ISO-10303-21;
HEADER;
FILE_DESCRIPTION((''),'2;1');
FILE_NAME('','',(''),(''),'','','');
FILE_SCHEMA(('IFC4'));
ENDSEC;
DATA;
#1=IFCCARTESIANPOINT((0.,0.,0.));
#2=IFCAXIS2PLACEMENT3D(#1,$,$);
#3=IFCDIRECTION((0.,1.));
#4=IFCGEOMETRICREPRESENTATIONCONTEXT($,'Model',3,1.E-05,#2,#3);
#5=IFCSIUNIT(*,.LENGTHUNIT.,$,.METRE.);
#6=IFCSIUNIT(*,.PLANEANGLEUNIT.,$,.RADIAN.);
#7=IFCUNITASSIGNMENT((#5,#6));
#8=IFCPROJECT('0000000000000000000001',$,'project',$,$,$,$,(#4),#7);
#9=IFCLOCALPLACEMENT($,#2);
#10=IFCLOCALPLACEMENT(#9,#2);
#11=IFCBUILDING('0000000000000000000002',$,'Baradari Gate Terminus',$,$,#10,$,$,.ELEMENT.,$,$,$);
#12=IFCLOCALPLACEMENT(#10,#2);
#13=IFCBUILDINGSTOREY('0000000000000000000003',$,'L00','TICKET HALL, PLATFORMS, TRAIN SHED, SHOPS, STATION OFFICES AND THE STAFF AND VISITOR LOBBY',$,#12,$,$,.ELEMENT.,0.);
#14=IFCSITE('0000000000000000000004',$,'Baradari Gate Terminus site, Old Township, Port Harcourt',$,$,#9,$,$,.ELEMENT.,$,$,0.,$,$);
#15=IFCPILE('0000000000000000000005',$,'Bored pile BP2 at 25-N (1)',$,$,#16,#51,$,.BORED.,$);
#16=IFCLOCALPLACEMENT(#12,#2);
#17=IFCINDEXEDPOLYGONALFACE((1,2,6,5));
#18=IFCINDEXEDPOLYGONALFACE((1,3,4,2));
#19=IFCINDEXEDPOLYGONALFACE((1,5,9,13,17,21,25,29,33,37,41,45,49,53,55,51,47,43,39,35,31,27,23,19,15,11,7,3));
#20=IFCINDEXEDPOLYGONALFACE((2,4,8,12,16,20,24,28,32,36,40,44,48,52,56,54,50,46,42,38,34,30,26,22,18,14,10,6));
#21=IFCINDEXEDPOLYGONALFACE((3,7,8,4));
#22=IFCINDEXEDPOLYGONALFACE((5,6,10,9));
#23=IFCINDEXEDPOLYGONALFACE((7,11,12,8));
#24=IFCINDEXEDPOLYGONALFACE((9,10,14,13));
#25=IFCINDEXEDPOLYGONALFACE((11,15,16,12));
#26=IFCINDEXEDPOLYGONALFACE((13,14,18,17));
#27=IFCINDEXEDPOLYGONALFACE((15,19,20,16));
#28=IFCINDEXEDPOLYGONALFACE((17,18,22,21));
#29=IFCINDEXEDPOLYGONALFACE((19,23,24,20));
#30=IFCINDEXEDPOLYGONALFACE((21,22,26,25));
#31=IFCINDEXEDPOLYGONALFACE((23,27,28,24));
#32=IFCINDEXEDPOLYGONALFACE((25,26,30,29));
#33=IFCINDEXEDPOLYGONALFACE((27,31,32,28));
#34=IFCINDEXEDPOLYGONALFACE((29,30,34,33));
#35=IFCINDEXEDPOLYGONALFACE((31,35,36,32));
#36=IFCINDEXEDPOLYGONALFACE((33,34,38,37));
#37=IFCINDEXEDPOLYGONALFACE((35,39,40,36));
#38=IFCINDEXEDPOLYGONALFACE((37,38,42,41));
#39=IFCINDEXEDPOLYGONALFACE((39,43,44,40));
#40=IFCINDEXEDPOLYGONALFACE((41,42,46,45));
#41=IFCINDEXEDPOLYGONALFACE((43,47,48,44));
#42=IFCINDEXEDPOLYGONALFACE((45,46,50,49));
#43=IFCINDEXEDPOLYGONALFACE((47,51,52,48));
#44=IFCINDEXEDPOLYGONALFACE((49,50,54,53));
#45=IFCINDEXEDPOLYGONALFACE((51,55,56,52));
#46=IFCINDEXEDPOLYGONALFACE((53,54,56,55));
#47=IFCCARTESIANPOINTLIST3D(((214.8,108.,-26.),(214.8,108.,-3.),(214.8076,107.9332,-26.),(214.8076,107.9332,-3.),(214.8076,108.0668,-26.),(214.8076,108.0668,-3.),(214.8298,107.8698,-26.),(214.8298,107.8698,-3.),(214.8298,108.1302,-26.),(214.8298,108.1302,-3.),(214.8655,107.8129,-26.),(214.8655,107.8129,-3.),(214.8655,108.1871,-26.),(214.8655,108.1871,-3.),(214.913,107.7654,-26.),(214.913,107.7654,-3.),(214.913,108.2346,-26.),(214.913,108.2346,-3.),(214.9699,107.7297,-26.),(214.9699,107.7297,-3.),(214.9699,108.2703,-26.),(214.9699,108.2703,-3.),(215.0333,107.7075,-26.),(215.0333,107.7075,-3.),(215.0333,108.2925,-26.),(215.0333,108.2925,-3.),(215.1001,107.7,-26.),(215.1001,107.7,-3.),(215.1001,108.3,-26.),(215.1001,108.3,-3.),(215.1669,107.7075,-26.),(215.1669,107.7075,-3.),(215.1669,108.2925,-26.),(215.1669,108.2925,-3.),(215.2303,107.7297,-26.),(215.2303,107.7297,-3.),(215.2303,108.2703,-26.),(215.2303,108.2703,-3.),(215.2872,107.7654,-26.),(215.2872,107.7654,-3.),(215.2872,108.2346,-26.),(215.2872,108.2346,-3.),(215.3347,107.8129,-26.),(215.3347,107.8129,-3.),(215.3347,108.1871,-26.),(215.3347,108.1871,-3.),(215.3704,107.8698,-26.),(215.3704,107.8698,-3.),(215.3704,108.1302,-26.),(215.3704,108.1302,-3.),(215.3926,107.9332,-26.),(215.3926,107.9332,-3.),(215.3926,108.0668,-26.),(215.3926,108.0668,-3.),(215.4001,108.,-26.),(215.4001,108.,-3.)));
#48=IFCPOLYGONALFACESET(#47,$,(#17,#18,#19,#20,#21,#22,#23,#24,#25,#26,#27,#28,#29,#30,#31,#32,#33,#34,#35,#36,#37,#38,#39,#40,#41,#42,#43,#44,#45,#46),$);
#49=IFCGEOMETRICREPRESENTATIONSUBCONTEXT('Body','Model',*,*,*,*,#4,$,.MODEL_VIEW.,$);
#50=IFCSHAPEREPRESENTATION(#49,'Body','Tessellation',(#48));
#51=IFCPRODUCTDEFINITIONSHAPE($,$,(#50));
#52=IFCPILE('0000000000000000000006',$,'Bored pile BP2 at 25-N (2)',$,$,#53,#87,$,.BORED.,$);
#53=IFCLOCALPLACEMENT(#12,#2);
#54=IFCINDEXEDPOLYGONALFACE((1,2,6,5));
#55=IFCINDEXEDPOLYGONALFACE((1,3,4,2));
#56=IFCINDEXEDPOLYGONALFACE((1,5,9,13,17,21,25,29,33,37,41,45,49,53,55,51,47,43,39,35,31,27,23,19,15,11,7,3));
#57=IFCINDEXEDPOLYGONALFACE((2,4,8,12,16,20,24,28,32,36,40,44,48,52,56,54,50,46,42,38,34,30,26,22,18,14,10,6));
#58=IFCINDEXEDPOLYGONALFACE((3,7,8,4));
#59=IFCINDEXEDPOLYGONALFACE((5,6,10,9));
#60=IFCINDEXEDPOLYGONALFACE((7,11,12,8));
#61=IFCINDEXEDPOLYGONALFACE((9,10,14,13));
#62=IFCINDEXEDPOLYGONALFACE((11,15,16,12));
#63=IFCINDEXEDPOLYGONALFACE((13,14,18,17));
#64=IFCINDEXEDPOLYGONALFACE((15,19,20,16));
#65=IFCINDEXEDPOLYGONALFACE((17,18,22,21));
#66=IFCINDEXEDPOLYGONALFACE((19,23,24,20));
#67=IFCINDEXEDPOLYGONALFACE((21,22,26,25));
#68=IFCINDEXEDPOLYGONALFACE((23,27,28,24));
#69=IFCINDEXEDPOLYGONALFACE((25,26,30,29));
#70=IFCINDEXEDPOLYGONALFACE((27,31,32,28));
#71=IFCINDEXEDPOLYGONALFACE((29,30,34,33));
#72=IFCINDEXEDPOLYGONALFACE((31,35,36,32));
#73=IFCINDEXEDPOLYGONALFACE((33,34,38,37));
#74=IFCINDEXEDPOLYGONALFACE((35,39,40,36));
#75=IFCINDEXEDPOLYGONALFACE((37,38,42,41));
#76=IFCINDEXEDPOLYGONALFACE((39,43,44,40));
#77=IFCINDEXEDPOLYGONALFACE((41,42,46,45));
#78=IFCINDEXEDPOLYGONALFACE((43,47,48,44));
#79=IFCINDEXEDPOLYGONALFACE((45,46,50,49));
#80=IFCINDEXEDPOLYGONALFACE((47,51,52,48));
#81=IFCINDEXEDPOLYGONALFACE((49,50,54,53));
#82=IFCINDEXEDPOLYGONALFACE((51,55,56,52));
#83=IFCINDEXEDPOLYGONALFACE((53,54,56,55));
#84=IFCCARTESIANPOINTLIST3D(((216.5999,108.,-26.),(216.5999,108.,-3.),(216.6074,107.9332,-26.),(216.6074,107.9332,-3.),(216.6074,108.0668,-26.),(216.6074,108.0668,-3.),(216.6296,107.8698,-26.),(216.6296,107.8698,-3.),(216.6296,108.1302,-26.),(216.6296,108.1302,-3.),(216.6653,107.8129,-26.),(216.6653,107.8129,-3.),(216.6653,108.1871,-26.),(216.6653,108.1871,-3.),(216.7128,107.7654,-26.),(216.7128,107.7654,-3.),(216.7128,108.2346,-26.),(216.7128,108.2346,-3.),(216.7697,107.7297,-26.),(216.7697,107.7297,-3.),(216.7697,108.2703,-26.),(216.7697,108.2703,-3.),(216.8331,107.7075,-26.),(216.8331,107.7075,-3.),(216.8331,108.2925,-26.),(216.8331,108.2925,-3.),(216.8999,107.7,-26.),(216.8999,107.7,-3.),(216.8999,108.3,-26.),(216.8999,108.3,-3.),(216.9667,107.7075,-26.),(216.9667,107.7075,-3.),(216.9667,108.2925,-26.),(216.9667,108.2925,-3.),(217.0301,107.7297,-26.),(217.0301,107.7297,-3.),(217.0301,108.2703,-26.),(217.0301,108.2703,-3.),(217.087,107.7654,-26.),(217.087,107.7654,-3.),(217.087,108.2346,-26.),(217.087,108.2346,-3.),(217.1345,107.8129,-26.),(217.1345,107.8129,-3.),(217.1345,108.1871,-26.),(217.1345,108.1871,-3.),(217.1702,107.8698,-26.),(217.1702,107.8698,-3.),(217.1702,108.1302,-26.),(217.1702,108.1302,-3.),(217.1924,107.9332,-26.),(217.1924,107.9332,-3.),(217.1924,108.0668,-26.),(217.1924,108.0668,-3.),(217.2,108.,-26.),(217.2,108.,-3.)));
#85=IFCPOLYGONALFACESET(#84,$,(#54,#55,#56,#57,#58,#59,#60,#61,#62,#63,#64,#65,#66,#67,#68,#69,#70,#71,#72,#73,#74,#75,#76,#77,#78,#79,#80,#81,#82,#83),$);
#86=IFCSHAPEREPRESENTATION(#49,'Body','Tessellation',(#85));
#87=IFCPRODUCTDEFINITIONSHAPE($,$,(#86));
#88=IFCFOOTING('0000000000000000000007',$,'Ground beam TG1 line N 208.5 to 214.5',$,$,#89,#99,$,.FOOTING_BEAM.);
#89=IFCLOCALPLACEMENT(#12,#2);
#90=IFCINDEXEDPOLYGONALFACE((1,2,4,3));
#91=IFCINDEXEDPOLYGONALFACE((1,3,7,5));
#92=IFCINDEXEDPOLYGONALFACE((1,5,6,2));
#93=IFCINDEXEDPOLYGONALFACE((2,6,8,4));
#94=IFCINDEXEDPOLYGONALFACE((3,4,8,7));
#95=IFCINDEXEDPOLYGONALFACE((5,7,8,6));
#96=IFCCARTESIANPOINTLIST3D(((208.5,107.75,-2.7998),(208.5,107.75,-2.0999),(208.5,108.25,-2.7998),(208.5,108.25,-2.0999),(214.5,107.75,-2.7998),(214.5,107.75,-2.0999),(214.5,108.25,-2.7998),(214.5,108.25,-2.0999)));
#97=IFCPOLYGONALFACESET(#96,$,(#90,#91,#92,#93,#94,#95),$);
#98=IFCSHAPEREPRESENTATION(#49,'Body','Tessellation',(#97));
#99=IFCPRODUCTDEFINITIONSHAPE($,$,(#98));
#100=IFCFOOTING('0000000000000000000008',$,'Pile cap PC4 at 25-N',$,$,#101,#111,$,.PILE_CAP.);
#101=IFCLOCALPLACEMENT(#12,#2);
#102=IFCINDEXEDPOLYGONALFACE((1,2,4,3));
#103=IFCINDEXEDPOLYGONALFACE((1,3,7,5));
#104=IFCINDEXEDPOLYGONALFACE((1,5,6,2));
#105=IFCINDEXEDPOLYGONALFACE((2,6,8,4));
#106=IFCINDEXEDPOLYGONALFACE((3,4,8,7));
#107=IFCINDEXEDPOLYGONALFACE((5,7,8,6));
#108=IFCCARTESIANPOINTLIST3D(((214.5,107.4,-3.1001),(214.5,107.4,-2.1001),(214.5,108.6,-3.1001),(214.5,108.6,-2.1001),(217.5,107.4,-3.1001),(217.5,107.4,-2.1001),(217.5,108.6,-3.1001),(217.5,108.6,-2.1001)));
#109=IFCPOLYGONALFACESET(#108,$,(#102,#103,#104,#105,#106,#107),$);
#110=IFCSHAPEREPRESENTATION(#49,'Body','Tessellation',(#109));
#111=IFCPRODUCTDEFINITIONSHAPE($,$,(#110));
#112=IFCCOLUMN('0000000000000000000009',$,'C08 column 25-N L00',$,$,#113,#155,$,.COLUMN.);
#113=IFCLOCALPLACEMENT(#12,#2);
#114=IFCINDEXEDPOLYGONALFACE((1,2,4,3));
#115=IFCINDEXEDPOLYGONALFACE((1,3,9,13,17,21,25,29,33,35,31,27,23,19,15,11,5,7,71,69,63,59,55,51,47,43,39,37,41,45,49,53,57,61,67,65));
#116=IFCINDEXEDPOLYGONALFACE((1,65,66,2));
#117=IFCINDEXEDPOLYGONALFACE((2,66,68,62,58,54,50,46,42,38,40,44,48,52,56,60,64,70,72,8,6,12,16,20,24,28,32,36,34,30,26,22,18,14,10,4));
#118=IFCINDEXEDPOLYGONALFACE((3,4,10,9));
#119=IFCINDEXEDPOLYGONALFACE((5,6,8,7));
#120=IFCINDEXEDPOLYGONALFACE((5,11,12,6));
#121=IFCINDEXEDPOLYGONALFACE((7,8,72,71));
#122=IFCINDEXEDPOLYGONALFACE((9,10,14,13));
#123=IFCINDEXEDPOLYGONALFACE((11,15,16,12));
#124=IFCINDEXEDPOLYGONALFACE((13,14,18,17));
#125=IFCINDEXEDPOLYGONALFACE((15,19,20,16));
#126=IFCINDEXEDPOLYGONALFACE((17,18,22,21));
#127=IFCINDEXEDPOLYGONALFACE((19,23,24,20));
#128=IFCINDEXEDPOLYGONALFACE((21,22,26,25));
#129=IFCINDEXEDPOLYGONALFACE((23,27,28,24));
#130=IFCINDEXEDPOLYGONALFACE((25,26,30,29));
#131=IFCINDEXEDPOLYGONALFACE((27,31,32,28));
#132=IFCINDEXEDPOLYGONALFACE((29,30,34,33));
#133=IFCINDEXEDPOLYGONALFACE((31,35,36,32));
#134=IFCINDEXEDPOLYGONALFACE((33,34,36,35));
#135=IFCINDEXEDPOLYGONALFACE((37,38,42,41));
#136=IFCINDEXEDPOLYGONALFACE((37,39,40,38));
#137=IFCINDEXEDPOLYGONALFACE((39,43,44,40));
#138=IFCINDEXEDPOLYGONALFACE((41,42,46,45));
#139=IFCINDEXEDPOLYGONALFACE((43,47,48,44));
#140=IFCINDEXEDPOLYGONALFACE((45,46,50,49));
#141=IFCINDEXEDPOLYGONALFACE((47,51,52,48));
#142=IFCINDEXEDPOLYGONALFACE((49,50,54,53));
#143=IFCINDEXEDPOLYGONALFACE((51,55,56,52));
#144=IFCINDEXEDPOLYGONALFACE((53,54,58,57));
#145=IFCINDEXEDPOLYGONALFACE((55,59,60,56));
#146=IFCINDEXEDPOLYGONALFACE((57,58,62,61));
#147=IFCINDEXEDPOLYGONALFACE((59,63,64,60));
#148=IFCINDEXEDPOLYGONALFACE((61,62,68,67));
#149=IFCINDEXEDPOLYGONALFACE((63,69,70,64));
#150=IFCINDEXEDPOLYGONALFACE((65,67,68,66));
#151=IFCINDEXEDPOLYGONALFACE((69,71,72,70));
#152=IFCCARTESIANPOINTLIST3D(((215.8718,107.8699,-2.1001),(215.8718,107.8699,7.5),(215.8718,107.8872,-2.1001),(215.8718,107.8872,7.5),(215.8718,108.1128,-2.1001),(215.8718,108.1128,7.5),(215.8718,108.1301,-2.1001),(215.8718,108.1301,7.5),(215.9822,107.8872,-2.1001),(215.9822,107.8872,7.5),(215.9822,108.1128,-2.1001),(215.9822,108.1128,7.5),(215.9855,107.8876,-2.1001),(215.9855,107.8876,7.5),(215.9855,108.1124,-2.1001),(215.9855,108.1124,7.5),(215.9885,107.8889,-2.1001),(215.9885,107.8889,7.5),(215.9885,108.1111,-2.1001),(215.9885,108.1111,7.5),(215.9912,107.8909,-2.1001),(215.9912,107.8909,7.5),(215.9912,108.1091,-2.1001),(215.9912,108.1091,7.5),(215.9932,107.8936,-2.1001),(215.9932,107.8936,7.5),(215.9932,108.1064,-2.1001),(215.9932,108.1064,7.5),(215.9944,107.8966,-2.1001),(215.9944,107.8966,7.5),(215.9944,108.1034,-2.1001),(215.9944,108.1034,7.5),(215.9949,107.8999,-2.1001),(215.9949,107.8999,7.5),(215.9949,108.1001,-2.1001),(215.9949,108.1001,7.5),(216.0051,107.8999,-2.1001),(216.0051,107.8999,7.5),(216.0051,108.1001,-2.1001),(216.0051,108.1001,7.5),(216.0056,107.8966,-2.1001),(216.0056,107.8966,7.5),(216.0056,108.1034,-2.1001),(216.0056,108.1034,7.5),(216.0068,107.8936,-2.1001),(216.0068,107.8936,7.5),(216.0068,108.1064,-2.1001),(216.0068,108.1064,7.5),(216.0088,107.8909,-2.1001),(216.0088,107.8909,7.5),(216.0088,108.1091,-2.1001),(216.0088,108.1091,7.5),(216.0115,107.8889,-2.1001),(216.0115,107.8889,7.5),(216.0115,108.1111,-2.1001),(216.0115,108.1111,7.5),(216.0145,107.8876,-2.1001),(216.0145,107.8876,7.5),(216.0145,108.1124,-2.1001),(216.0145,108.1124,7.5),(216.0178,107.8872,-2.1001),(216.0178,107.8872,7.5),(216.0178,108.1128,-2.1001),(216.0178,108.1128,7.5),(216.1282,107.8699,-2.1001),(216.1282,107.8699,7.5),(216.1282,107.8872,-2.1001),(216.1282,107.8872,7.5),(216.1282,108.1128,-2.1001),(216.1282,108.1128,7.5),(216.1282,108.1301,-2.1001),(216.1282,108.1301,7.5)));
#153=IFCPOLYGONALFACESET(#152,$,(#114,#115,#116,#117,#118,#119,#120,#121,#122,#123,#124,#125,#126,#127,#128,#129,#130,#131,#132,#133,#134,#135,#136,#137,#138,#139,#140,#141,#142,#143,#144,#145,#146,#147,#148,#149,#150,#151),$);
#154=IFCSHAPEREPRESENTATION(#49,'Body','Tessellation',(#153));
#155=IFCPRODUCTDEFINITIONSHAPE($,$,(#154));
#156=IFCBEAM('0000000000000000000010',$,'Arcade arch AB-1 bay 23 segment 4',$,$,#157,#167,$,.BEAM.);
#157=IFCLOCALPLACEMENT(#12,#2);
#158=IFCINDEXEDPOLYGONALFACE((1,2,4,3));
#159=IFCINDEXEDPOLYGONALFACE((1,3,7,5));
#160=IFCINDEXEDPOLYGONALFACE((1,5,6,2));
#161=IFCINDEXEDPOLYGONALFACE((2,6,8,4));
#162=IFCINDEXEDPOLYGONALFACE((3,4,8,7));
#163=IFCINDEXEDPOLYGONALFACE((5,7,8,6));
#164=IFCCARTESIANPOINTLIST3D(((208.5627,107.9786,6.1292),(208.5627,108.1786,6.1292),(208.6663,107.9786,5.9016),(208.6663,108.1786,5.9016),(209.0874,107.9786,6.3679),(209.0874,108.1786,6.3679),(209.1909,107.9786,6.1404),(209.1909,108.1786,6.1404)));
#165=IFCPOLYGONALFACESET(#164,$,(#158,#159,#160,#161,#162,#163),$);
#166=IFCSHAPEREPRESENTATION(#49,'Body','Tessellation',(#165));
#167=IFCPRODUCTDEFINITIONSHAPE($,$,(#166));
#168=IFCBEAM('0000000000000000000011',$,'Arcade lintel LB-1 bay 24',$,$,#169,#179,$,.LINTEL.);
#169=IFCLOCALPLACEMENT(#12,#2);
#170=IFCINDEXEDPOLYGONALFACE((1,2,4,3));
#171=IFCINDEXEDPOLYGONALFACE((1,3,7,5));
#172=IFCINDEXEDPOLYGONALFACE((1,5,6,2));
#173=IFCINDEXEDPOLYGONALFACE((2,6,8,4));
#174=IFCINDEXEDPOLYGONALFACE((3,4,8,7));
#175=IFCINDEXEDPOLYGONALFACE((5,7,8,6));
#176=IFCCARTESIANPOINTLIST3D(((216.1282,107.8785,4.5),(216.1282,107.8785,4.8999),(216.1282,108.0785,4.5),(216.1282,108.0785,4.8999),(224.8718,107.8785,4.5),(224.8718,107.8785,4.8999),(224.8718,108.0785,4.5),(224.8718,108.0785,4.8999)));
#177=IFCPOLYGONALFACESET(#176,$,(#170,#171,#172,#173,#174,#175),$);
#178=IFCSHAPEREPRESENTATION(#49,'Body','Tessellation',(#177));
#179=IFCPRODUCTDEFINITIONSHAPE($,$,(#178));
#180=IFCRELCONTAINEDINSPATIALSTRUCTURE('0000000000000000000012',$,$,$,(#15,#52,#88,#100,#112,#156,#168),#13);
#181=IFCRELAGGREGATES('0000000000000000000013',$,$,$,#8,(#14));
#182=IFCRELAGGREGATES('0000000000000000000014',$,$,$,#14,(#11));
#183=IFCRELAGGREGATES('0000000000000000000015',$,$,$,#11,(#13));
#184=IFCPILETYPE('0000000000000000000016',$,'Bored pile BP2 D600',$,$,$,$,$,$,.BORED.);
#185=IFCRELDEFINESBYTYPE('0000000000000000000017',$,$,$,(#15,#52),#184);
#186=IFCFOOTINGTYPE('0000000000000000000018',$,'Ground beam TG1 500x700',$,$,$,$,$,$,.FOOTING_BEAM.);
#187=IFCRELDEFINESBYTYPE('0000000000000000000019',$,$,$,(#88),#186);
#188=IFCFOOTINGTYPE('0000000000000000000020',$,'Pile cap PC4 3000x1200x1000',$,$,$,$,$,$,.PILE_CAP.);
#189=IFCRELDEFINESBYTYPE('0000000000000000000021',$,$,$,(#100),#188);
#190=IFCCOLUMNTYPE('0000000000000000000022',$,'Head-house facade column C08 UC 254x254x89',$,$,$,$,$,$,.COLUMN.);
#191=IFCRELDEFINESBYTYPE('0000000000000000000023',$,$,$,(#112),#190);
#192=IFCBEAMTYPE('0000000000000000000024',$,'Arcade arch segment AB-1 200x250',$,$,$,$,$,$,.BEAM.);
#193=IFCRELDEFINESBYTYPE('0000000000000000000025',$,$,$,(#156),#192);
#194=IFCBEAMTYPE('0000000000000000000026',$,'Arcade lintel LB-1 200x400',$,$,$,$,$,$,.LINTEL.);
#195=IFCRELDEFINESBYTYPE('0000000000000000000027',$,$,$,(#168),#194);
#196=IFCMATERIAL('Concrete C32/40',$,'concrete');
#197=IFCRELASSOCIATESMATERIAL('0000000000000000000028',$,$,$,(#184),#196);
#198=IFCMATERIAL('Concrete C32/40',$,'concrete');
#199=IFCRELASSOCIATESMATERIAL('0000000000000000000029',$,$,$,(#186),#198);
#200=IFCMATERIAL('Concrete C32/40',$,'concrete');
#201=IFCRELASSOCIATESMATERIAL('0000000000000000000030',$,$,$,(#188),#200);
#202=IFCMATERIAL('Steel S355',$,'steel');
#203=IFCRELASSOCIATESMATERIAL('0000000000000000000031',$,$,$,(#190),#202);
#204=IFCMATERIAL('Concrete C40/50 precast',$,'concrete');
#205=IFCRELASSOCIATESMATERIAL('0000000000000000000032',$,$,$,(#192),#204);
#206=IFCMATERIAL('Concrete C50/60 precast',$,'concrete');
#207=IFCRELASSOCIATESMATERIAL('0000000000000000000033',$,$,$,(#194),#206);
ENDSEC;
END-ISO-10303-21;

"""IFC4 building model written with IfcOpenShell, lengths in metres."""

from ifc_helpers import new_model, si_unit, direction, frame, origin, origin_2d, place, context, subcontext, project, spatial, rectangle, circle, i_section, extrude, material, material_profile, profile_set, type_object, element, save


model = new_model("IFC4")

# Units and contexts
model_context = context("Model", 3, precision=1e-05, world=origin(), true_north=direction((0.0, 1.0)))
body_context = subcontext(model_context, "Body", "Model", "MODEL_VIEW")
ifc_project = project(units=[si_unit("LENGTHUNIT", "METRE"), si_unit("PLANEANGLEUNIT", "RADIAN")], contexts=[model_context])

# Site, building, storey
site_placement = place(None, origin())
site = spatial("IfcSite", under=ifc_project, at=site_placement, Name="Baradari Gate Terminus site, Old Township, Port Harcourt", CompositionType="ELEMENT", RefElevation=0.0)
building_placement = place(site_placement, origin())
building = spatial("IfcBuilding", under=site, at=building_placement, Name="Baradari Gate Terminus", CompositionType="ELEMENT")
storey_placement = place(building_placement, origin())
storey = spatial("IfcBuildingStorey", under=building, at=storey_placement, Name="L00", Description="TICKET HALL, PLATFORMS, TRAIN SHED, SHOPS, STATION OFFICES AND THE STAFF AND VISITOR LOBBY", CompositionType="ELEMENT", Elevation=0.0)

# Piles
ifc_material_1 = material(Name="Concrete C32/40", Category="concrete")
pile_type = type_object("IfcPileType", Name="Bored pile BP2 D600", PredefinedType="BORED", material=ifc_material_1)
for number, where, z_axis, x_axis, name in (
    (1, (215.1001, 108.0, -3.0), (0.0, 0.0, -1.0), (1.0, 0.0, 0.0), "Bored pile BP2 at 25-N (1)"),
    (2, (216.8999, 108.0, -3.0), (0.0, 0.0, -1.0), (1.0, 0.0, 0.0), "Bored pile BP2 at 25-N (2)"),
):
    element("IfcPile", number, at=place(storey_placement, frame(where, z_axis=z_axis, x_axis=x_axis)), inside=storey, type_object=pile_type, Name=name, PredefinedType="BORED", context=body_context, shape_type="SweptSolid", body=[
        extrude(circle(Radius=0.3, at=origin_2d()), origin(), (0.0, 0.0, 1.0), 23.0),
    ])

# Footings
ifc_material_2 = material(Name="Concrete C32/40", Category="concrete")
footing_type_1 = type_object("IfcFootingType", Name="Ground beam TG1 500x700", PredefinedType="FOOTING_BEAM", material=ifc_material_2)
footing_1_placement = place(storey_placement, frame((211.5, 108.0, -2.7998), z_axis=(0.0, 0.0, 1.0), x_axis=(1.0, 0.0, 0.0)))
element("IfcFooting", 3, at=footing_1_placement, inside=storey, type_object=footing_type_1, Name="Ground beam TG1 line N 208.5 to 214.5", PredefinedType="FOOTING_BEAM", context=body_context, shape_type="SweptSolid", body=[
    extrude(rectangle(XDim=6.0, YDim=0.5, at=origin_2d()), origin(), (0.0, 0.0, 1.0), 0.7),
])
ifc_material_3 = material(Name="Concrete C32/40", Category="concrete")
footing_type_2 = type_object("IfcFootingType", Name="Pile cap PC4 3000x1200x1000", PredefinedType="PILE_CAP", material=ifc_material_3)
footing_2_placement = place(storey_placement, frame((216.0, 108.0, -3.1001), z_axis=(0.0, 0.0, 1.0), x_axis=(1.0, 0.0, 0.0)))
element("IfcFooting", 4, at=footing_2_placement, inside=storey, type_object=footing_type_2, Name="Pile cap PC4 at 25-N", PredefinedType="PILE_CAP", context=body_context, shape_type="SweptSolid", body=[
    extrude(rectangle(XDim=3.0, YDim=1.2, at=origin_2d()), origin(), (0.0, 0.0, 1.0), 1.0),
])

# Column
ifc_material_4 = material(Name="Steel S355", Category="steel")
ifc_material_profile_1 = material_profile(ifc_material_4, i_section(OverallWidth=0.2563, OverallDepth=0.2603, WebThickness=0.0103, FlangeThickness=0.0173, FilletRadius=0.0127, at=origin_2d()), Name="UC 254x254x89")
ifc_profile_set_1 = profile_set([ifc_material_profile_1], Name="Steel S355")
column_type = type_object("IfcColumnType", Name="Head-house facade column C08 UC 254x254x89", PredefinedType="COLUMN", material=ifc_profile_set_1)
column_placement = place(storey_placement, frame((216.0, 108.0, -2.1001), z_axis=(0.0, 0.0, 1.0), x_axis=(1.0, 0.0, 0.0)))
element("IfcColumn", 5, at=column_placement, inside=storey, type_object=column_type, Name="C08 column 25-N L00", PredefinedType="COLUMN", context=body_context, shape_type="SweptSolid", body=[
    extrude(i_section(OverallWidth=0.2563, OverallDepth=0.2603, WebThickness=0.0103, FlangeThickness=0.0173, FilletRadius=0.0127, at=origin_2d()), origin(), (0.0, 0.0, 1.0), 9.6001),
])

# Beams
ifc_material_5 = material(Name="Concrete C40/50 precast", Category="concrete")
ifc_material_profile_2 = material_profile(ifc_material_5, rectangle(XDim=0.2, YDim=0.25, at=origin_2d()), Name="AB-1 200X250")
ifc_profile_set_2 = profile_set([ifc_material_profile_2], Name="Concrete C40/50 precast")
beam_type_1 = type_object("IfcBeamType", Name="Arcade arch segment AB-1 200x250", PredefinedType="BEAM", material=ifc_profile_set_2)
beam_1_placement = place(storey_placement, frame((208.6145, 108.0786, 6.0154), z_axis=(0.910178, 0.0, 0.414218), x_axis=(0.0, 1.0, 0.0)))
element("IfcBeam", 6, at=beam_1_placement, inside=storey, type_object=beam_type_1, Name="Arcade arch AB-1 bay 23 segment 4", PredefinedType="BEAM", context=body_context, shape_type="SweptSolid", body=[
    extrude(rectangle(XDim=0.2, YDim=0.25, at=origin_2d()), origin(), (0.0, 0.0, 1.0), 0.5764),
])
ifc_material_6 = material(Name="Concrete C50/60 precast", Category="concrete")
ifc_material_profile_3 = material_profile(ifc_material_6, rectangle(XDim=0.2, YDim=0.3999, at=origin_2d()), Name="LB-1 200X400")
ifc_profile_set_3 = profile_set([ifc_material_profile_3], Name="Concrete C50/60 precast")
beam_type_2 = type_object("IfcBeamType", Name="Arcade lintel LB-1 200x400", PredefinedType="LINTEL", material=ifc_profile_set_3)
beam_2_placement = place(storey_placement, frame((216.1282, 107.9785, 4.7), z_axis=(1.0, 0.0, 0.0), x_axis=(0.0, 1.0, 0.0)))
element("IfcBeam", 7, at=beam_2_placement, inside=storey, type_object=beam_type_2, Name="Arcade lintel LB-1 bay 24", PredefinedType="LINTEL", context=body_context, shape_type="SweptSolid", body=[
    extrude(rectangle(XDim=0.2, YDim=0.3999, at=origin_2d()), origin(), (0.0, 0.0, 1.0), 8.7437),
])

save(model, "model.ifc")
